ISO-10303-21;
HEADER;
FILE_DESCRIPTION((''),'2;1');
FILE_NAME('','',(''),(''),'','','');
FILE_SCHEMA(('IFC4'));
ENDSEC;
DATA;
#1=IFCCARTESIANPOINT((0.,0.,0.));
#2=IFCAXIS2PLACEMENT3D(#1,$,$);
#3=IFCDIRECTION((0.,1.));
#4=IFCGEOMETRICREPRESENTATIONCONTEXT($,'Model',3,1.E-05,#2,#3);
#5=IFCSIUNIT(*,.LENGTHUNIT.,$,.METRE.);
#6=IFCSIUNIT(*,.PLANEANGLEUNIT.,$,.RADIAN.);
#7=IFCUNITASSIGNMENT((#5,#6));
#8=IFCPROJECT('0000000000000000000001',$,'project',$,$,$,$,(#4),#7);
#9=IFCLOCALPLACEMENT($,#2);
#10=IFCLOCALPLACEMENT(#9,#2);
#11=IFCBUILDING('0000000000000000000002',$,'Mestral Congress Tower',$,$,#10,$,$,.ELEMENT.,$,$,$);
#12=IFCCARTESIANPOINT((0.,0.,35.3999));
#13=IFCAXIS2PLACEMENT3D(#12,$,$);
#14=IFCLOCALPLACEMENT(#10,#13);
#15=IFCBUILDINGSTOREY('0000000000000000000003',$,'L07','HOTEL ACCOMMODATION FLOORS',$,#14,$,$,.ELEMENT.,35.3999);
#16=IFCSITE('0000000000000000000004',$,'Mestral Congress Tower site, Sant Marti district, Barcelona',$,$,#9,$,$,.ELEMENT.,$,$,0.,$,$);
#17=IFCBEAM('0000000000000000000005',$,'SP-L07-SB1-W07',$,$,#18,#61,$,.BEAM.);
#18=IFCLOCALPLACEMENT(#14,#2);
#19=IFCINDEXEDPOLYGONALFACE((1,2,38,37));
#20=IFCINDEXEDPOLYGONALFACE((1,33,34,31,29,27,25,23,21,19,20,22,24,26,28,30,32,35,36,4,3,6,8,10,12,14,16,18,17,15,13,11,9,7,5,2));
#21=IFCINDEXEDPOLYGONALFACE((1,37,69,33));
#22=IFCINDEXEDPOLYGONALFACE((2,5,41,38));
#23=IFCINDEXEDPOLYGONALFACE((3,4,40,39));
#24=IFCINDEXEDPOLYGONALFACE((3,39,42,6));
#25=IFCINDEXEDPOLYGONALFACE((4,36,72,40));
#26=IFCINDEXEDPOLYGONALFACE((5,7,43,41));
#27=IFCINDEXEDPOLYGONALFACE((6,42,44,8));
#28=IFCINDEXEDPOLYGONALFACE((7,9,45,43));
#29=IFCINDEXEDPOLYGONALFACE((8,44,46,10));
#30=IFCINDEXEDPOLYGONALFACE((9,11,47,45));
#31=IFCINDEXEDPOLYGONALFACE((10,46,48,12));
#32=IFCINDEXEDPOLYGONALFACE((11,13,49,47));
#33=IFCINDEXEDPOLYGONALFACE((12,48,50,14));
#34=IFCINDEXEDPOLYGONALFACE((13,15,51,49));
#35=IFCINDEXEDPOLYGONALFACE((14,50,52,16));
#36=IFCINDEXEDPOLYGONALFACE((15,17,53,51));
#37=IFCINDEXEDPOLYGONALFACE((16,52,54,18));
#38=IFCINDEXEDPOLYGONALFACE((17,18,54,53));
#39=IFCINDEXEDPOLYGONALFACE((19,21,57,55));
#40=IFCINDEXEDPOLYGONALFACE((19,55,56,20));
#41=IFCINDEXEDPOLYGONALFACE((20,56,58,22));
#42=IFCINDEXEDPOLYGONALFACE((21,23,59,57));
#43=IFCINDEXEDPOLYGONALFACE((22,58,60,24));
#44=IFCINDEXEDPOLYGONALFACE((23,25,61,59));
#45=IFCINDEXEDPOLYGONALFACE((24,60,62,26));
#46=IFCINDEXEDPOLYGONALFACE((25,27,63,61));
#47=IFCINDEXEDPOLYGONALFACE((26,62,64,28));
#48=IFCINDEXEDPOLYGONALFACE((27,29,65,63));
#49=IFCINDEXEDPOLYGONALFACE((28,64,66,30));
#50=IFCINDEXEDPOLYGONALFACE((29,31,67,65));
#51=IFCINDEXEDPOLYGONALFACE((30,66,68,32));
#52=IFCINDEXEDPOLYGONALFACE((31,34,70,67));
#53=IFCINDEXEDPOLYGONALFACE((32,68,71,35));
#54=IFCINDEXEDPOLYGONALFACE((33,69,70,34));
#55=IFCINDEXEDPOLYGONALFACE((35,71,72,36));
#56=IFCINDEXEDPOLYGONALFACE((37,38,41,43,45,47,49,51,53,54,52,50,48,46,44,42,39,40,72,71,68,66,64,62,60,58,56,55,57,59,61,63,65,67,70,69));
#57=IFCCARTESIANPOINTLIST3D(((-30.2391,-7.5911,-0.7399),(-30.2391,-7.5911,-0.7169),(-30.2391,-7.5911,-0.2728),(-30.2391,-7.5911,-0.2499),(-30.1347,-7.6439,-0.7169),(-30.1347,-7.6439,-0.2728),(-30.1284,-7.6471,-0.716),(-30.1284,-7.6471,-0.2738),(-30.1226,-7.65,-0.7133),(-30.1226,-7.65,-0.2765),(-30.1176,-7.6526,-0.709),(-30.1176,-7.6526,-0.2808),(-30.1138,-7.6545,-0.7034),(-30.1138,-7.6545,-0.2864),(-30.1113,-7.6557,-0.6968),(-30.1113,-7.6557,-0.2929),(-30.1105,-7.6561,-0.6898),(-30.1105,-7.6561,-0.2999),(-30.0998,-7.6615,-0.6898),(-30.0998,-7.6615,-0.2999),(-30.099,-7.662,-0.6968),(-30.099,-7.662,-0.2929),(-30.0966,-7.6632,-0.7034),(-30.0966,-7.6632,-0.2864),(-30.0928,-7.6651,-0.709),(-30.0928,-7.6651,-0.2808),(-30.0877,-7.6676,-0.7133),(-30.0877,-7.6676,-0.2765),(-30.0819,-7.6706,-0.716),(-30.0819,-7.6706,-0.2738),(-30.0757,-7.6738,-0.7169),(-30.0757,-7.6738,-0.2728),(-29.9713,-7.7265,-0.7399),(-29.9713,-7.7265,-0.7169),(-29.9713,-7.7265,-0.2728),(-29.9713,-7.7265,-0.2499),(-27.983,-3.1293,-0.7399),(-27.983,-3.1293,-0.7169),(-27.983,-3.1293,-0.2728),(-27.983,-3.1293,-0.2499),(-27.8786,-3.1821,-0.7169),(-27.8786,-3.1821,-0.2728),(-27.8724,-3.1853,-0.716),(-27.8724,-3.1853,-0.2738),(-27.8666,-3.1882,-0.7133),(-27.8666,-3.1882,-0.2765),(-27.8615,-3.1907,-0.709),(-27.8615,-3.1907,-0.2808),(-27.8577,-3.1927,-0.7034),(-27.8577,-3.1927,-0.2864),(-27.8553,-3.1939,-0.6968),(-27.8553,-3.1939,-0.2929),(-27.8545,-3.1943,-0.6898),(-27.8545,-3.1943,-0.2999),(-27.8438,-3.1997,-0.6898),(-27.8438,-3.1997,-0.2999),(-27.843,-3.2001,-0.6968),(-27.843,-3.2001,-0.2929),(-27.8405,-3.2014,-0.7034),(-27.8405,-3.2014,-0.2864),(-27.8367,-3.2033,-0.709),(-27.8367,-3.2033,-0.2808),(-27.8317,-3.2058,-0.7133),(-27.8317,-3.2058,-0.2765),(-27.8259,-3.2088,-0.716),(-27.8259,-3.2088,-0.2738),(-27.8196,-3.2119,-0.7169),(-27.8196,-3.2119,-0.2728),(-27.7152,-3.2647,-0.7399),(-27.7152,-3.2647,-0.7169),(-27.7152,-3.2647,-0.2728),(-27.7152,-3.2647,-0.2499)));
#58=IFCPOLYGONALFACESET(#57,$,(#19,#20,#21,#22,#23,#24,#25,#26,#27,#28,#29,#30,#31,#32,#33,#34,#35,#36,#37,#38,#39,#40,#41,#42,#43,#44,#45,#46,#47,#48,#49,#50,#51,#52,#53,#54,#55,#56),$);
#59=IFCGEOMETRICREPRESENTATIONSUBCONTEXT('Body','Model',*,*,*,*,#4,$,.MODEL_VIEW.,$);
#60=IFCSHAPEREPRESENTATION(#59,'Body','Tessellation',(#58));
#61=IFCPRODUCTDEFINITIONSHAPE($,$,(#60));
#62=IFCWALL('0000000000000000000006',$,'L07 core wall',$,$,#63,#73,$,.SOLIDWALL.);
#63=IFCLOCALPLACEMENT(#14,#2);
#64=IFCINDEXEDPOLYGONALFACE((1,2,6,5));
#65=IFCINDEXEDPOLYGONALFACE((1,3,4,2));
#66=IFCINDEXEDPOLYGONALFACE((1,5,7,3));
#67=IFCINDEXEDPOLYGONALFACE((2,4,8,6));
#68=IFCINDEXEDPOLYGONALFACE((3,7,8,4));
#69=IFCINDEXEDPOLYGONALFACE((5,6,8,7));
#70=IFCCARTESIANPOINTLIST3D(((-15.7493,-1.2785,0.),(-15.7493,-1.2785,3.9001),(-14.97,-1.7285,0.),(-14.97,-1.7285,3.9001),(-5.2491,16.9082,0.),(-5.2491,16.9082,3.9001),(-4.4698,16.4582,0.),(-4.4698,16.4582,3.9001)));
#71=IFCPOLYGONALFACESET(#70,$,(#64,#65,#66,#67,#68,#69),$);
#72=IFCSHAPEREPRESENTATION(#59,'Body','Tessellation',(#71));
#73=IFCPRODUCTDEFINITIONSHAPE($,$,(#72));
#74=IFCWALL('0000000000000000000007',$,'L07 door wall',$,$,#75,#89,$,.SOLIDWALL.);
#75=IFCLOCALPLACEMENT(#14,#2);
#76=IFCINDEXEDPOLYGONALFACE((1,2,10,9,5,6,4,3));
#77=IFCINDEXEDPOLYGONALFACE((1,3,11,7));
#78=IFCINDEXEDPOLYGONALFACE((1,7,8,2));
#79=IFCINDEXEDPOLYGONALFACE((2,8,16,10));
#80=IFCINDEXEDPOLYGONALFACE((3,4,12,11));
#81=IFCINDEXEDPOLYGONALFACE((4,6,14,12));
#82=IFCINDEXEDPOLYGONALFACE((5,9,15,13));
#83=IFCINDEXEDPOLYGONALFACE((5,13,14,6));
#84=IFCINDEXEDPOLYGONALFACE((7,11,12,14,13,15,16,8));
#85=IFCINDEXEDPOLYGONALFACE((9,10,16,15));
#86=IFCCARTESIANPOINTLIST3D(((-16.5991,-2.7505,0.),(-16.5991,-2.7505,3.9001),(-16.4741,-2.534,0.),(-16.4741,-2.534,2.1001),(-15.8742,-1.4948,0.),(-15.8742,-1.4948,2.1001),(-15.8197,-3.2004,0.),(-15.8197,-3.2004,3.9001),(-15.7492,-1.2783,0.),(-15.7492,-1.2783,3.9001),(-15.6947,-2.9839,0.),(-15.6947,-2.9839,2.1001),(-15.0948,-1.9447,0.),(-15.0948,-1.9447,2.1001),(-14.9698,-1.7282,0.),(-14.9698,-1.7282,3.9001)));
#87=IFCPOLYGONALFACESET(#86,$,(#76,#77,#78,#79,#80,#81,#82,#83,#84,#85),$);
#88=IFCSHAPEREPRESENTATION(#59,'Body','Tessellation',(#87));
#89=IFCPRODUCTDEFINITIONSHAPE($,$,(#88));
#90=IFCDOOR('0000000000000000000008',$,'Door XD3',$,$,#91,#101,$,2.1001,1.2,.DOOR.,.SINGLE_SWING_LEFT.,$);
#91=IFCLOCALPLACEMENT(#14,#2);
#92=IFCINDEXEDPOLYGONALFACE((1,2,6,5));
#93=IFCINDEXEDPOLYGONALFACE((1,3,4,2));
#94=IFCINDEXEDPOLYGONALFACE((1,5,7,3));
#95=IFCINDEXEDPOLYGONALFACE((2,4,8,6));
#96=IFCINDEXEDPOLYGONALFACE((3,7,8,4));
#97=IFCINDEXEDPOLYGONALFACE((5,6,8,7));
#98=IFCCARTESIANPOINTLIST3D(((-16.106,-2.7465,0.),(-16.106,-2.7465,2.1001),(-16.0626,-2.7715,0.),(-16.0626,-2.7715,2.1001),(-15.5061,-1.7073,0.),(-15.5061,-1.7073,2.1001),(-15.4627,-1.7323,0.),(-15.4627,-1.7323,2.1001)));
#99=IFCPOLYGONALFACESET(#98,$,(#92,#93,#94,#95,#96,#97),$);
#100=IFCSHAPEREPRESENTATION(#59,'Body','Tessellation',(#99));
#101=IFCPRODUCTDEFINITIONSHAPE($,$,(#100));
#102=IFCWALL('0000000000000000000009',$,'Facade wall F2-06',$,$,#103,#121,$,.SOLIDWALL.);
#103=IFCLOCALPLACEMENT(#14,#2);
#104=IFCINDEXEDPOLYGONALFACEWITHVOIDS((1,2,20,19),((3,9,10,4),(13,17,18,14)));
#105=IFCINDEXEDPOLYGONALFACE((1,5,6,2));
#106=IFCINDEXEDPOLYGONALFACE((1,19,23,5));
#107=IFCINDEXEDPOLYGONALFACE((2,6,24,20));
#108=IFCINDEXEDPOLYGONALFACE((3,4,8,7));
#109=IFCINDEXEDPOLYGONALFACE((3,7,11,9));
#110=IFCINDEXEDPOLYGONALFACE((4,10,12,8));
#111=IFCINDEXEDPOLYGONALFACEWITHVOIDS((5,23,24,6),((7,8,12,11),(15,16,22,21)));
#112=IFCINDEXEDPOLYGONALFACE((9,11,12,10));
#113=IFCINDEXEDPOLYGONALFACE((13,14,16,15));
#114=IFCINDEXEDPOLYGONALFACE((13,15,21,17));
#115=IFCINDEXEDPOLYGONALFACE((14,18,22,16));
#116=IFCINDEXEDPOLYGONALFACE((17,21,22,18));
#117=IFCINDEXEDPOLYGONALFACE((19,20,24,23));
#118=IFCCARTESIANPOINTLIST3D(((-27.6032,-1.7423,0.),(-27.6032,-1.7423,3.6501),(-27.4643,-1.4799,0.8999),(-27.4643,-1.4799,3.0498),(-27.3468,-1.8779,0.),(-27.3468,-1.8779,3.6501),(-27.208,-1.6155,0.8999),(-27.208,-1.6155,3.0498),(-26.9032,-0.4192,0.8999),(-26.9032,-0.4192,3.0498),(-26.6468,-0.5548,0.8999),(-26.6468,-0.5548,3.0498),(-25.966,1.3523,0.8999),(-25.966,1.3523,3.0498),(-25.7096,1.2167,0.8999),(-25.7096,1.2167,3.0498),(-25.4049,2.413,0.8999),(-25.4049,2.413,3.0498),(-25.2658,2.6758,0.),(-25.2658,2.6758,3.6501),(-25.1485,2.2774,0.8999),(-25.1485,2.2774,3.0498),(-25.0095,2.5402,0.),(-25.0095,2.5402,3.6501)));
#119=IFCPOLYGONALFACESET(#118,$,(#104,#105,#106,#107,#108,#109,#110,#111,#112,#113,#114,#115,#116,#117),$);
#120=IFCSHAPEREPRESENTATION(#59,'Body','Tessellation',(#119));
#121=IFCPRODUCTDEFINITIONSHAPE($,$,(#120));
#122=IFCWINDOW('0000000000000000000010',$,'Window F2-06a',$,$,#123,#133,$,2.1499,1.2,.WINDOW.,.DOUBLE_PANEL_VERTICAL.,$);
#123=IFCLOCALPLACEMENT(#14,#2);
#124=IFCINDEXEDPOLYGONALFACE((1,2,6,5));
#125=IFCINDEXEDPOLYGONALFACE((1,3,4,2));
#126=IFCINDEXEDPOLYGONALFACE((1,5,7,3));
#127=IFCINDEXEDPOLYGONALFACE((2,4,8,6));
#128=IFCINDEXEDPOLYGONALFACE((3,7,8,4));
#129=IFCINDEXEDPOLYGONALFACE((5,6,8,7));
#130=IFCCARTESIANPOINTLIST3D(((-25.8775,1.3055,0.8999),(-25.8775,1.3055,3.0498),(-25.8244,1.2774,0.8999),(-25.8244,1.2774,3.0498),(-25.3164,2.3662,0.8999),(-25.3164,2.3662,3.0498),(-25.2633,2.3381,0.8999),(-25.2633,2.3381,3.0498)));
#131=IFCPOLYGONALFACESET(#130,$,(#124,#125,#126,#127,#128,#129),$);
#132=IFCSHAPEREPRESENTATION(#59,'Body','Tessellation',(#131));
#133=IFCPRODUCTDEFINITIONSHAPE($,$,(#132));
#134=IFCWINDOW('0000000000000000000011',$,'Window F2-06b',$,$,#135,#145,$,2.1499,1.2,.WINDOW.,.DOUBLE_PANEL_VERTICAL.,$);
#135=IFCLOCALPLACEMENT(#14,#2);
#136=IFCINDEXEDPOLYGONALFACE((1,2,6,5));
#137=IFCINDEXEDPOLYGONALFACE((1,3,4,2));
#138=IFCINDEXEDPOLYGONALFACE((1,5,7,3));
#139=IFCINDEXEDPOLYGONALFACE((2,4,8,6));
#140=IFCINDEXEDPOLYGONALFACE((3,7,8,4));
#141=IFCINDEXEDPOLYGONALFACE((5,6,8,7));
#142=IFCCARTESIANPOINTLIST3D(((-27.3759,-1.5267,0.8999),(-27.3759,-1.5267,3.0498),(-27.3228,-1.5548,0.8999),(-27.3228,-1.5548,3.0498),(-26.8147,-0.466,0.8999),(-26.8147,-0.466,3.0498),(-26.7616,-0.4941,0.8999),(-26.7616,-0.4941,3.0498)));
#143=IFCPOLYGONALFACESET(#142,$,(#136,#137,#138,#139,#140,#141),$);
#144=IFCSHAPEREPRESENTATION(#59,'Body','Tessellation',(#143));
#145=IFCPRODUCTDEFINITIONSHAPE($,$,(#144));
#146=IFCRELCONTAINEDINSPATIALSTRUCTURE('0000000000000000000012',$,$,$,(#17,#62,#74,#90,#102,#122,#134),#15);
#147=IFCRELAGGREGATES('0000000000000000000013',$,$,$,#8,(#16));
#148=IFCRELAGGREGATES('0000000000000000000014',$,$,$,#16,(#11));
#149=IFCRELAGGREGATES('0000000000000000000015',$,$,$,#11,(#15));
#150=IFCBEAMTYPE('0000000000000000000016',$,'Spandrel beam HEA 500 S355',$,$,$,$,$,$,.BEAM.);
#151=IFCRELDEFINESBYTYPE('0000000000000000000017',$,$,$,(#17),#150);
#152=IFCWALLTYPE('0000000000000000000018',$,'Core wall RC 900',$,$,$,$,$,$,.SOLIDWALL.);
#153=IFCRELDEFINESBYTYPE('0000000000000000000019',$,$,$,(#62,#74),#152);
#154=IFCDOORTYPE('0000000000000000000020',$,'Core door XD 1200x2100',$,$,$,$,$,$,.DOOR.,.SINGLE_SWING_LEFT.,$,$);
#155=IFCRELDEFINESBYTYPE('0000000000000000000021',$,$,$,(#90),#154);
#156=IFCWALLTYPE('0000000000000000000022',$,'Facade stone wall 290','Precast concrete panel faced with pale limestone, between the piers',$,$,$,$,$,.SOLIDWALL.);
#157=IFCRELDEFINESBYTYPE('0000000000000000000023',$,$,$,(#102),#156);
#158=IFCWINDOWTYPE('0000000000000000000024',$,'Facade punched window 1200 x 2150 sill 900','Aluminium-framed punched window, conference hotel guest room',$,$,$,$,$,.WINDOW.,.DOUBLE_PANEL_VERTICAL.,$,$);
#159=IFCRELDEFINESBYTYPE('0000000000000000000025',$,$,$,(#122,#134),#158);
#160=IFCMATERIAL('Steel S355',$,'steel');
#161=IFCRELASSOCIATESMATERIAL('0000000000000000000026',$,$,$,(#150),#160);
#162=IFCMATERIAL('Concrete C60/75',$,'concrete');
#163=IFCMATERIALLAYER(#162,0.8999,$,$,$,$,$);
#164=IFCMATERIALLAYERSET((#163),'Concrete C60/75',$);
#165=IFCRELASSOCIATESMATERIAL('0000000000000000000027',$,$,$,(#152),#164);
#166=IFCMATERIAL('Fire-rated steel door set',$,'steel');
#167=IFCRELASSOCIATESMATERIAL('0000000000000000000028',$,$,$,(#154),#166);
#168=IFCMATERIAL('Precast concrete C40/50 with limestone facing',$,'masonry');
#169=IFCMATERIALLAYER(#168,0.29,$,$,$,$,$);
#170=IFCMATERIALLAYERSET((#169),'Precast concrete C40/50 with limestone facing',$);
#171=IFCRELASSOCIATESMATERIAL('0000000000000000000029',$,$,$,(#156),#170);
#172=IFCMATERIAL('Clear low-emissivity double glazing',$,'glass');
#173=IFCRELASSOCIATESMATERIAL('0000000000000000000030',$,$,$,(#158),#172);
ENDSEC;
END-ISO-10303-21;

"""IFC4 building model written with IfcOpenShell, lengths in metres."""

from ifc_helpers import new_model, si_unit, direction, frame, frame_2d, origin, origin_2d, place, context, subcontext, project, spatial, rectangle, i_section, extrude, material, layer, layer_set, material_profile, profile_set, type_object, element, fill, save


model = new_model("IFC4")

# Units and contexts
model_context = context("Model", 3, precision=1e-05, world=origin(), true_north=direction((0.0, 1.0)))
body_context = subcontext(model_context, "Body", "Model", "MODEL_VIEW")
ifc_project = project(units=[si_unit("LENGTHUNIT", "METRE"), si_unit("PLANEANGLEUNIT", "RADIAN")], contexts=[model_context])

# Site, building, storey
site_placement = place(None, origin())
site = spatial("IfcSite", under=ifc_project, at=site_placement, Name="Mestral Congress Tower site, Sant Marti district, Barcelona", CompositionType="ELEMENT", RefElevation=0.0)
building_placement = place(site_placement, origin())
building = spatial("IfcBuilding", under=site, at=building_placement, Name="Mestral Congress Tower", CompositionType="ELEMENT")
storey_placement = place(building_placement, frame((0.0, 0.0, 35.3999)))
storey = spatial("IfcBuildingStorey", under=building, at=storey_placement, Name="L07", Description="HOTEL ACCOMMODATION FLOORS", CompositionType="ELEMENT", Elevation=35.3999)

# Beam
ifc_material_1 = material(Name="Steel S355", Category="steel")
ifc_material_profile_1 = material_profile(ifc_material_1, i_section(OverallWidth=0.3, OverallDepth=0.49, WebThickness=0.012, FlangeThickness=0.0229, FilletRadius=0.0271, at=origin_2d()), Name="HEA 500")
ifc_profile_set_1 = profile_set([ifc_material_profile_1], Name="Steel S355")
beam_type_1 = type_object("IfcBeamType", Name="Spandrel beam HEA 500 S355", PredefinedType="BEAM", material=ifc_profile_set_1)
beam_1_placement = place(storey_placement, frame((-27.8491, -3.197, -0.4949), z_axis=(-0.451233, -0.892406, 0.0), x_axis=(0.892406, -0.451233, 0.0)))
element("IfcBeam", 1, at=beam_1_placement, inside=storey, type_object=beam_type_1, Name="SP-L07-SB1-W07", PredefinedType="BEAM", context=body_context, shape_type="SweptSolid", body=[
    extrude(i_section(OverallWidth=0.3, OverallDepth=0.49, WebThickness=0.012, FlangeThickness=0.0229, FilletRadius=0.0271, at=origin_2d()), origin(), (0.0, 0.0, 1.0), 4.9998),
])

# Wall
ifc_material_2 = material(Name="Concrete C60/75", Category="concrete")
ifc_layer_1 = layer(ifc_material_2, 0.8999)
ifc_layer_set_1 = layer_set([ifc_layer_1], Name="Concrete C60/75")
wall_type_1 = type_object("IfcWallType", Name="Core wall RC 900", PredefinedType="SOLIDWALL", material=ifc_layer_set_1)
wall_1_placement = place(storey_placement, frame((-15.3596, -1.5034, 0.0), z_axis=(0.0, 0.0, 1.0), x_axis=(0.500004, 0.866023, 0.0)))
element("IfcWall", 2, at=wall_1_placement, inside=storey, type_object=wall_type_1, Name="L07 core wall", PredefinedType="SOLIDWALL", context=body_context, shape_type="SweptSolid", body=[
    extrude(rectangle(XDim=21.0002, YDim=0.8999, at=frame_2d((10.5, 0.0))), origin(), (0.0, 0.0, 1.0), 3.9001),
])

# Wall, opening, door
wall_2_placement = place(storey_placement, frame((-16.2095, -2.9756, 0.0), z_axis=(0.0, 0.0, 1.0), x_axis=(0.499955, 0.866052, 0.0)))
wall_2 = element("IfcWall", 3, at=wall_2_placement, inside=storey, type_object=wall_type_1, Name="L07 door wall", PredefinedType="SOLIDWALL", context=body_context, shape_type="SweptSolid", body=[
    extrude(rectangle(XDim=1.7, YDim=0.8999, at=frame_2d((0.8501, 0.0))), origin(), (0.0, 0.0, 1.0), 3.9001),
])
opening_1_placement = place(wall_2_placement, frame((0.25, 0.0, 0.0)))
opening_1 = element("IfcOpeningElement", 4, at=opening_1_placement, cuts=wall_2, PredefinedType="OPENING", context=body_context, shape_type="SweptSolid", body=[
    extrude(rectangle(XDim=1.2, YDim=2.1001, at=frame_2d((0.6001, 1.05))), frame((0.0, 0.46, 0.0), z_axis=(0.0, -1.0, 0.0), x_axis=(1.0, 0.0, 0.0)), (0.0, 0.0, 1.0), 0.9199),
])
ifc_material_3 = material(Name="Fire-rated steel door set", Category="steel")
door_type = type_object("IfcDoorType", Name="Core door XD 1200x2100", OperationType="SINGLE_SWING_LEFT", PredefinedType="DOOR", material=ifc_material_3)
door_placement = place(opening_1_placement, origin())
door = element("IfcDoor", 5, at=door_placement, inside=storey, type_object=door_type, Name="Door XD3", OperationType="SINGLE_SWING_LEFT", OverallHeight=2.1001, OverallWidth=1.2, PredefinedType="DOOR", context=body_context, shape_type="SweptSolid", body=[
    extrude(rectangle(XDim=1.2, YDim=2.1001, at=frame_2d((0.6001, 1.05))), frame((0.0, 0.0249, 0.0), z_axis=(0.0, -1.0, 0.0), x_axis=(1.0, 0.0, 0.0)), (0.0, 0.0, 1.0), 0.05),
])
fill(opening_1, door)

# Wall, openings, windows
ifc_material_4 = material(Name="Precast concrete C40/50 with limestone facing", Category="masonry")
ifc_layer_2 = layer(ifc_material_4, 0.29)
ifc_layer_set_2 = layer_set([ifc_layer_2], Name="Precast concrete C40/50 with limestone facing")
wall_type_2 = type_object("IfcWallType", Name="Facade stone wall 290", Description="Precast concrete panel faced with pale limestone, between the piers", PredefinedType="SOLIDWALL", material=ifc_layer_set_2)
wall_3_placement = place(storey_placement, frame((-25.1377, 2.6079, 0.0), z_axis=(0.0, 0.0, 1.0), x_axis=(-0.46763, -0.883925, 0.0)))
wall_3 = element("IfcWall", 6, at=wall_3_placement, inside=storey, type_object=wall_type_2, Name="Facade wall F2-06", PredefinedType="SOLIDWALL", context=body_context, shape_type="SweptSolid", body=[
    extrude(rectangle(XDim=4.9983, YDim=0.29, at=frame_2d((2.499, 0.0))), origin(), (0.0, 0.0, 1.0), 3.6501),
])
opening_2_placement = place(wall_3_placement, frame((0.2971, 0.0, 0.8999)))
opening_2 = element("IfcOpeningElement", 7, at=opening_2_placement, cuts=wall_3, PredefinedType="OPENING", context=body_context, shape_type="SweptSolid", body=[
    extrude(rectangle(XDim=1.2, YDim=2.1499, at=frame_2d((0.6001, 1.075))), frame((0.0, 0.155, 0.0), z_axis=(0.0, -1.0, 0.0), x_axis=(1.0, 0.0, 0.0)), (0.0, 0.0, 1.0), 0.3101),
])
opening_3_placement = place(wall_3_placement, frame((3.5012, 0.0, 0.8999)))
opening_3 = element("IfcOpeningElement", 8, at=opening_3_placement, cuts=wall_3, PredefinedType="OPENING", context=body_context, shape_type="SweptSolid", body=[
    extrude(rectangle(XDim=1.2, YDim=2.1499, at=frame_2d((0.6001, 1.075))), frame((0.0, 0.155, 0.0), z_axis=(0.0, -1.0, 0.0), x_axis=(1.0, 0.0, 0.0)), (0.0, 0.0, 1.0), 0.3101),
])
ifc_material_5 = material(Name="Clear low-emissivity double glazing", Category="glass")
window_type = type_object("IfcWindowType", Name="Facade punched window 1200 x 2150 sill 900", Description="Aluminium-framed punched window, conference hotel guest room", PartitioningType="DOUBLE_PANEL_VERTICAL", PredefinedType="WINDOW", material=ifc_material_5)
window_1_placement = place(opening_2_placement, origin())
window_1 = element("IfcWindow", 9, at=window_1_placement, inside=storey, type_object=window_type, Name="Window F2-06a", OverallHeight=2.1499, OverallWidth=1.2, PartitioningType="DOUBLE_PANEL_VERTICAL", PredefinedType="WINDOW", context=body_context, shape_type="SweptSolid", body=[
    extrude(rectangle(XDim=1.2, YDim=2.1499, at=frame_2d((0.6001, 1.075))), frame((0.0, 0.0151, 0.0), z_axis=(0.0, -1.0, 0.0), x_axis=(1.0, 0.0, 0.0)), (0.0, 0.0, 1.0), 0.0601),
])
fill(opening_2, window_1)
window_2_placement = place(opening_3_placement, origin())
window_2 = element("IfcWindow", 10, at=window_2_placement, inside=storey, type_object=window_type, Name="Window F2-06b", OverallHeight=2.1499, OverallWidth=1.2, PartitioningType="DOUBLE_PANEL_VERTICAL", PredefinedType="WINDOW", context=body_context, shape_type="SweptSolid", body=[
    extrude(rectangle(XDim=1.2, YDim=2.1499, at=frame_2d((0.6001, 1.075))), frame((0.0, 0.0151, 0.0), z_axis=(0.0, -1.0, 0.0), x_axis=(1.0, 0.0, 0.0)), (0.0, 0.0, 1.0), 0.0601),
])
fill(opening_3, window_2)

save(model, "model.ifc")
